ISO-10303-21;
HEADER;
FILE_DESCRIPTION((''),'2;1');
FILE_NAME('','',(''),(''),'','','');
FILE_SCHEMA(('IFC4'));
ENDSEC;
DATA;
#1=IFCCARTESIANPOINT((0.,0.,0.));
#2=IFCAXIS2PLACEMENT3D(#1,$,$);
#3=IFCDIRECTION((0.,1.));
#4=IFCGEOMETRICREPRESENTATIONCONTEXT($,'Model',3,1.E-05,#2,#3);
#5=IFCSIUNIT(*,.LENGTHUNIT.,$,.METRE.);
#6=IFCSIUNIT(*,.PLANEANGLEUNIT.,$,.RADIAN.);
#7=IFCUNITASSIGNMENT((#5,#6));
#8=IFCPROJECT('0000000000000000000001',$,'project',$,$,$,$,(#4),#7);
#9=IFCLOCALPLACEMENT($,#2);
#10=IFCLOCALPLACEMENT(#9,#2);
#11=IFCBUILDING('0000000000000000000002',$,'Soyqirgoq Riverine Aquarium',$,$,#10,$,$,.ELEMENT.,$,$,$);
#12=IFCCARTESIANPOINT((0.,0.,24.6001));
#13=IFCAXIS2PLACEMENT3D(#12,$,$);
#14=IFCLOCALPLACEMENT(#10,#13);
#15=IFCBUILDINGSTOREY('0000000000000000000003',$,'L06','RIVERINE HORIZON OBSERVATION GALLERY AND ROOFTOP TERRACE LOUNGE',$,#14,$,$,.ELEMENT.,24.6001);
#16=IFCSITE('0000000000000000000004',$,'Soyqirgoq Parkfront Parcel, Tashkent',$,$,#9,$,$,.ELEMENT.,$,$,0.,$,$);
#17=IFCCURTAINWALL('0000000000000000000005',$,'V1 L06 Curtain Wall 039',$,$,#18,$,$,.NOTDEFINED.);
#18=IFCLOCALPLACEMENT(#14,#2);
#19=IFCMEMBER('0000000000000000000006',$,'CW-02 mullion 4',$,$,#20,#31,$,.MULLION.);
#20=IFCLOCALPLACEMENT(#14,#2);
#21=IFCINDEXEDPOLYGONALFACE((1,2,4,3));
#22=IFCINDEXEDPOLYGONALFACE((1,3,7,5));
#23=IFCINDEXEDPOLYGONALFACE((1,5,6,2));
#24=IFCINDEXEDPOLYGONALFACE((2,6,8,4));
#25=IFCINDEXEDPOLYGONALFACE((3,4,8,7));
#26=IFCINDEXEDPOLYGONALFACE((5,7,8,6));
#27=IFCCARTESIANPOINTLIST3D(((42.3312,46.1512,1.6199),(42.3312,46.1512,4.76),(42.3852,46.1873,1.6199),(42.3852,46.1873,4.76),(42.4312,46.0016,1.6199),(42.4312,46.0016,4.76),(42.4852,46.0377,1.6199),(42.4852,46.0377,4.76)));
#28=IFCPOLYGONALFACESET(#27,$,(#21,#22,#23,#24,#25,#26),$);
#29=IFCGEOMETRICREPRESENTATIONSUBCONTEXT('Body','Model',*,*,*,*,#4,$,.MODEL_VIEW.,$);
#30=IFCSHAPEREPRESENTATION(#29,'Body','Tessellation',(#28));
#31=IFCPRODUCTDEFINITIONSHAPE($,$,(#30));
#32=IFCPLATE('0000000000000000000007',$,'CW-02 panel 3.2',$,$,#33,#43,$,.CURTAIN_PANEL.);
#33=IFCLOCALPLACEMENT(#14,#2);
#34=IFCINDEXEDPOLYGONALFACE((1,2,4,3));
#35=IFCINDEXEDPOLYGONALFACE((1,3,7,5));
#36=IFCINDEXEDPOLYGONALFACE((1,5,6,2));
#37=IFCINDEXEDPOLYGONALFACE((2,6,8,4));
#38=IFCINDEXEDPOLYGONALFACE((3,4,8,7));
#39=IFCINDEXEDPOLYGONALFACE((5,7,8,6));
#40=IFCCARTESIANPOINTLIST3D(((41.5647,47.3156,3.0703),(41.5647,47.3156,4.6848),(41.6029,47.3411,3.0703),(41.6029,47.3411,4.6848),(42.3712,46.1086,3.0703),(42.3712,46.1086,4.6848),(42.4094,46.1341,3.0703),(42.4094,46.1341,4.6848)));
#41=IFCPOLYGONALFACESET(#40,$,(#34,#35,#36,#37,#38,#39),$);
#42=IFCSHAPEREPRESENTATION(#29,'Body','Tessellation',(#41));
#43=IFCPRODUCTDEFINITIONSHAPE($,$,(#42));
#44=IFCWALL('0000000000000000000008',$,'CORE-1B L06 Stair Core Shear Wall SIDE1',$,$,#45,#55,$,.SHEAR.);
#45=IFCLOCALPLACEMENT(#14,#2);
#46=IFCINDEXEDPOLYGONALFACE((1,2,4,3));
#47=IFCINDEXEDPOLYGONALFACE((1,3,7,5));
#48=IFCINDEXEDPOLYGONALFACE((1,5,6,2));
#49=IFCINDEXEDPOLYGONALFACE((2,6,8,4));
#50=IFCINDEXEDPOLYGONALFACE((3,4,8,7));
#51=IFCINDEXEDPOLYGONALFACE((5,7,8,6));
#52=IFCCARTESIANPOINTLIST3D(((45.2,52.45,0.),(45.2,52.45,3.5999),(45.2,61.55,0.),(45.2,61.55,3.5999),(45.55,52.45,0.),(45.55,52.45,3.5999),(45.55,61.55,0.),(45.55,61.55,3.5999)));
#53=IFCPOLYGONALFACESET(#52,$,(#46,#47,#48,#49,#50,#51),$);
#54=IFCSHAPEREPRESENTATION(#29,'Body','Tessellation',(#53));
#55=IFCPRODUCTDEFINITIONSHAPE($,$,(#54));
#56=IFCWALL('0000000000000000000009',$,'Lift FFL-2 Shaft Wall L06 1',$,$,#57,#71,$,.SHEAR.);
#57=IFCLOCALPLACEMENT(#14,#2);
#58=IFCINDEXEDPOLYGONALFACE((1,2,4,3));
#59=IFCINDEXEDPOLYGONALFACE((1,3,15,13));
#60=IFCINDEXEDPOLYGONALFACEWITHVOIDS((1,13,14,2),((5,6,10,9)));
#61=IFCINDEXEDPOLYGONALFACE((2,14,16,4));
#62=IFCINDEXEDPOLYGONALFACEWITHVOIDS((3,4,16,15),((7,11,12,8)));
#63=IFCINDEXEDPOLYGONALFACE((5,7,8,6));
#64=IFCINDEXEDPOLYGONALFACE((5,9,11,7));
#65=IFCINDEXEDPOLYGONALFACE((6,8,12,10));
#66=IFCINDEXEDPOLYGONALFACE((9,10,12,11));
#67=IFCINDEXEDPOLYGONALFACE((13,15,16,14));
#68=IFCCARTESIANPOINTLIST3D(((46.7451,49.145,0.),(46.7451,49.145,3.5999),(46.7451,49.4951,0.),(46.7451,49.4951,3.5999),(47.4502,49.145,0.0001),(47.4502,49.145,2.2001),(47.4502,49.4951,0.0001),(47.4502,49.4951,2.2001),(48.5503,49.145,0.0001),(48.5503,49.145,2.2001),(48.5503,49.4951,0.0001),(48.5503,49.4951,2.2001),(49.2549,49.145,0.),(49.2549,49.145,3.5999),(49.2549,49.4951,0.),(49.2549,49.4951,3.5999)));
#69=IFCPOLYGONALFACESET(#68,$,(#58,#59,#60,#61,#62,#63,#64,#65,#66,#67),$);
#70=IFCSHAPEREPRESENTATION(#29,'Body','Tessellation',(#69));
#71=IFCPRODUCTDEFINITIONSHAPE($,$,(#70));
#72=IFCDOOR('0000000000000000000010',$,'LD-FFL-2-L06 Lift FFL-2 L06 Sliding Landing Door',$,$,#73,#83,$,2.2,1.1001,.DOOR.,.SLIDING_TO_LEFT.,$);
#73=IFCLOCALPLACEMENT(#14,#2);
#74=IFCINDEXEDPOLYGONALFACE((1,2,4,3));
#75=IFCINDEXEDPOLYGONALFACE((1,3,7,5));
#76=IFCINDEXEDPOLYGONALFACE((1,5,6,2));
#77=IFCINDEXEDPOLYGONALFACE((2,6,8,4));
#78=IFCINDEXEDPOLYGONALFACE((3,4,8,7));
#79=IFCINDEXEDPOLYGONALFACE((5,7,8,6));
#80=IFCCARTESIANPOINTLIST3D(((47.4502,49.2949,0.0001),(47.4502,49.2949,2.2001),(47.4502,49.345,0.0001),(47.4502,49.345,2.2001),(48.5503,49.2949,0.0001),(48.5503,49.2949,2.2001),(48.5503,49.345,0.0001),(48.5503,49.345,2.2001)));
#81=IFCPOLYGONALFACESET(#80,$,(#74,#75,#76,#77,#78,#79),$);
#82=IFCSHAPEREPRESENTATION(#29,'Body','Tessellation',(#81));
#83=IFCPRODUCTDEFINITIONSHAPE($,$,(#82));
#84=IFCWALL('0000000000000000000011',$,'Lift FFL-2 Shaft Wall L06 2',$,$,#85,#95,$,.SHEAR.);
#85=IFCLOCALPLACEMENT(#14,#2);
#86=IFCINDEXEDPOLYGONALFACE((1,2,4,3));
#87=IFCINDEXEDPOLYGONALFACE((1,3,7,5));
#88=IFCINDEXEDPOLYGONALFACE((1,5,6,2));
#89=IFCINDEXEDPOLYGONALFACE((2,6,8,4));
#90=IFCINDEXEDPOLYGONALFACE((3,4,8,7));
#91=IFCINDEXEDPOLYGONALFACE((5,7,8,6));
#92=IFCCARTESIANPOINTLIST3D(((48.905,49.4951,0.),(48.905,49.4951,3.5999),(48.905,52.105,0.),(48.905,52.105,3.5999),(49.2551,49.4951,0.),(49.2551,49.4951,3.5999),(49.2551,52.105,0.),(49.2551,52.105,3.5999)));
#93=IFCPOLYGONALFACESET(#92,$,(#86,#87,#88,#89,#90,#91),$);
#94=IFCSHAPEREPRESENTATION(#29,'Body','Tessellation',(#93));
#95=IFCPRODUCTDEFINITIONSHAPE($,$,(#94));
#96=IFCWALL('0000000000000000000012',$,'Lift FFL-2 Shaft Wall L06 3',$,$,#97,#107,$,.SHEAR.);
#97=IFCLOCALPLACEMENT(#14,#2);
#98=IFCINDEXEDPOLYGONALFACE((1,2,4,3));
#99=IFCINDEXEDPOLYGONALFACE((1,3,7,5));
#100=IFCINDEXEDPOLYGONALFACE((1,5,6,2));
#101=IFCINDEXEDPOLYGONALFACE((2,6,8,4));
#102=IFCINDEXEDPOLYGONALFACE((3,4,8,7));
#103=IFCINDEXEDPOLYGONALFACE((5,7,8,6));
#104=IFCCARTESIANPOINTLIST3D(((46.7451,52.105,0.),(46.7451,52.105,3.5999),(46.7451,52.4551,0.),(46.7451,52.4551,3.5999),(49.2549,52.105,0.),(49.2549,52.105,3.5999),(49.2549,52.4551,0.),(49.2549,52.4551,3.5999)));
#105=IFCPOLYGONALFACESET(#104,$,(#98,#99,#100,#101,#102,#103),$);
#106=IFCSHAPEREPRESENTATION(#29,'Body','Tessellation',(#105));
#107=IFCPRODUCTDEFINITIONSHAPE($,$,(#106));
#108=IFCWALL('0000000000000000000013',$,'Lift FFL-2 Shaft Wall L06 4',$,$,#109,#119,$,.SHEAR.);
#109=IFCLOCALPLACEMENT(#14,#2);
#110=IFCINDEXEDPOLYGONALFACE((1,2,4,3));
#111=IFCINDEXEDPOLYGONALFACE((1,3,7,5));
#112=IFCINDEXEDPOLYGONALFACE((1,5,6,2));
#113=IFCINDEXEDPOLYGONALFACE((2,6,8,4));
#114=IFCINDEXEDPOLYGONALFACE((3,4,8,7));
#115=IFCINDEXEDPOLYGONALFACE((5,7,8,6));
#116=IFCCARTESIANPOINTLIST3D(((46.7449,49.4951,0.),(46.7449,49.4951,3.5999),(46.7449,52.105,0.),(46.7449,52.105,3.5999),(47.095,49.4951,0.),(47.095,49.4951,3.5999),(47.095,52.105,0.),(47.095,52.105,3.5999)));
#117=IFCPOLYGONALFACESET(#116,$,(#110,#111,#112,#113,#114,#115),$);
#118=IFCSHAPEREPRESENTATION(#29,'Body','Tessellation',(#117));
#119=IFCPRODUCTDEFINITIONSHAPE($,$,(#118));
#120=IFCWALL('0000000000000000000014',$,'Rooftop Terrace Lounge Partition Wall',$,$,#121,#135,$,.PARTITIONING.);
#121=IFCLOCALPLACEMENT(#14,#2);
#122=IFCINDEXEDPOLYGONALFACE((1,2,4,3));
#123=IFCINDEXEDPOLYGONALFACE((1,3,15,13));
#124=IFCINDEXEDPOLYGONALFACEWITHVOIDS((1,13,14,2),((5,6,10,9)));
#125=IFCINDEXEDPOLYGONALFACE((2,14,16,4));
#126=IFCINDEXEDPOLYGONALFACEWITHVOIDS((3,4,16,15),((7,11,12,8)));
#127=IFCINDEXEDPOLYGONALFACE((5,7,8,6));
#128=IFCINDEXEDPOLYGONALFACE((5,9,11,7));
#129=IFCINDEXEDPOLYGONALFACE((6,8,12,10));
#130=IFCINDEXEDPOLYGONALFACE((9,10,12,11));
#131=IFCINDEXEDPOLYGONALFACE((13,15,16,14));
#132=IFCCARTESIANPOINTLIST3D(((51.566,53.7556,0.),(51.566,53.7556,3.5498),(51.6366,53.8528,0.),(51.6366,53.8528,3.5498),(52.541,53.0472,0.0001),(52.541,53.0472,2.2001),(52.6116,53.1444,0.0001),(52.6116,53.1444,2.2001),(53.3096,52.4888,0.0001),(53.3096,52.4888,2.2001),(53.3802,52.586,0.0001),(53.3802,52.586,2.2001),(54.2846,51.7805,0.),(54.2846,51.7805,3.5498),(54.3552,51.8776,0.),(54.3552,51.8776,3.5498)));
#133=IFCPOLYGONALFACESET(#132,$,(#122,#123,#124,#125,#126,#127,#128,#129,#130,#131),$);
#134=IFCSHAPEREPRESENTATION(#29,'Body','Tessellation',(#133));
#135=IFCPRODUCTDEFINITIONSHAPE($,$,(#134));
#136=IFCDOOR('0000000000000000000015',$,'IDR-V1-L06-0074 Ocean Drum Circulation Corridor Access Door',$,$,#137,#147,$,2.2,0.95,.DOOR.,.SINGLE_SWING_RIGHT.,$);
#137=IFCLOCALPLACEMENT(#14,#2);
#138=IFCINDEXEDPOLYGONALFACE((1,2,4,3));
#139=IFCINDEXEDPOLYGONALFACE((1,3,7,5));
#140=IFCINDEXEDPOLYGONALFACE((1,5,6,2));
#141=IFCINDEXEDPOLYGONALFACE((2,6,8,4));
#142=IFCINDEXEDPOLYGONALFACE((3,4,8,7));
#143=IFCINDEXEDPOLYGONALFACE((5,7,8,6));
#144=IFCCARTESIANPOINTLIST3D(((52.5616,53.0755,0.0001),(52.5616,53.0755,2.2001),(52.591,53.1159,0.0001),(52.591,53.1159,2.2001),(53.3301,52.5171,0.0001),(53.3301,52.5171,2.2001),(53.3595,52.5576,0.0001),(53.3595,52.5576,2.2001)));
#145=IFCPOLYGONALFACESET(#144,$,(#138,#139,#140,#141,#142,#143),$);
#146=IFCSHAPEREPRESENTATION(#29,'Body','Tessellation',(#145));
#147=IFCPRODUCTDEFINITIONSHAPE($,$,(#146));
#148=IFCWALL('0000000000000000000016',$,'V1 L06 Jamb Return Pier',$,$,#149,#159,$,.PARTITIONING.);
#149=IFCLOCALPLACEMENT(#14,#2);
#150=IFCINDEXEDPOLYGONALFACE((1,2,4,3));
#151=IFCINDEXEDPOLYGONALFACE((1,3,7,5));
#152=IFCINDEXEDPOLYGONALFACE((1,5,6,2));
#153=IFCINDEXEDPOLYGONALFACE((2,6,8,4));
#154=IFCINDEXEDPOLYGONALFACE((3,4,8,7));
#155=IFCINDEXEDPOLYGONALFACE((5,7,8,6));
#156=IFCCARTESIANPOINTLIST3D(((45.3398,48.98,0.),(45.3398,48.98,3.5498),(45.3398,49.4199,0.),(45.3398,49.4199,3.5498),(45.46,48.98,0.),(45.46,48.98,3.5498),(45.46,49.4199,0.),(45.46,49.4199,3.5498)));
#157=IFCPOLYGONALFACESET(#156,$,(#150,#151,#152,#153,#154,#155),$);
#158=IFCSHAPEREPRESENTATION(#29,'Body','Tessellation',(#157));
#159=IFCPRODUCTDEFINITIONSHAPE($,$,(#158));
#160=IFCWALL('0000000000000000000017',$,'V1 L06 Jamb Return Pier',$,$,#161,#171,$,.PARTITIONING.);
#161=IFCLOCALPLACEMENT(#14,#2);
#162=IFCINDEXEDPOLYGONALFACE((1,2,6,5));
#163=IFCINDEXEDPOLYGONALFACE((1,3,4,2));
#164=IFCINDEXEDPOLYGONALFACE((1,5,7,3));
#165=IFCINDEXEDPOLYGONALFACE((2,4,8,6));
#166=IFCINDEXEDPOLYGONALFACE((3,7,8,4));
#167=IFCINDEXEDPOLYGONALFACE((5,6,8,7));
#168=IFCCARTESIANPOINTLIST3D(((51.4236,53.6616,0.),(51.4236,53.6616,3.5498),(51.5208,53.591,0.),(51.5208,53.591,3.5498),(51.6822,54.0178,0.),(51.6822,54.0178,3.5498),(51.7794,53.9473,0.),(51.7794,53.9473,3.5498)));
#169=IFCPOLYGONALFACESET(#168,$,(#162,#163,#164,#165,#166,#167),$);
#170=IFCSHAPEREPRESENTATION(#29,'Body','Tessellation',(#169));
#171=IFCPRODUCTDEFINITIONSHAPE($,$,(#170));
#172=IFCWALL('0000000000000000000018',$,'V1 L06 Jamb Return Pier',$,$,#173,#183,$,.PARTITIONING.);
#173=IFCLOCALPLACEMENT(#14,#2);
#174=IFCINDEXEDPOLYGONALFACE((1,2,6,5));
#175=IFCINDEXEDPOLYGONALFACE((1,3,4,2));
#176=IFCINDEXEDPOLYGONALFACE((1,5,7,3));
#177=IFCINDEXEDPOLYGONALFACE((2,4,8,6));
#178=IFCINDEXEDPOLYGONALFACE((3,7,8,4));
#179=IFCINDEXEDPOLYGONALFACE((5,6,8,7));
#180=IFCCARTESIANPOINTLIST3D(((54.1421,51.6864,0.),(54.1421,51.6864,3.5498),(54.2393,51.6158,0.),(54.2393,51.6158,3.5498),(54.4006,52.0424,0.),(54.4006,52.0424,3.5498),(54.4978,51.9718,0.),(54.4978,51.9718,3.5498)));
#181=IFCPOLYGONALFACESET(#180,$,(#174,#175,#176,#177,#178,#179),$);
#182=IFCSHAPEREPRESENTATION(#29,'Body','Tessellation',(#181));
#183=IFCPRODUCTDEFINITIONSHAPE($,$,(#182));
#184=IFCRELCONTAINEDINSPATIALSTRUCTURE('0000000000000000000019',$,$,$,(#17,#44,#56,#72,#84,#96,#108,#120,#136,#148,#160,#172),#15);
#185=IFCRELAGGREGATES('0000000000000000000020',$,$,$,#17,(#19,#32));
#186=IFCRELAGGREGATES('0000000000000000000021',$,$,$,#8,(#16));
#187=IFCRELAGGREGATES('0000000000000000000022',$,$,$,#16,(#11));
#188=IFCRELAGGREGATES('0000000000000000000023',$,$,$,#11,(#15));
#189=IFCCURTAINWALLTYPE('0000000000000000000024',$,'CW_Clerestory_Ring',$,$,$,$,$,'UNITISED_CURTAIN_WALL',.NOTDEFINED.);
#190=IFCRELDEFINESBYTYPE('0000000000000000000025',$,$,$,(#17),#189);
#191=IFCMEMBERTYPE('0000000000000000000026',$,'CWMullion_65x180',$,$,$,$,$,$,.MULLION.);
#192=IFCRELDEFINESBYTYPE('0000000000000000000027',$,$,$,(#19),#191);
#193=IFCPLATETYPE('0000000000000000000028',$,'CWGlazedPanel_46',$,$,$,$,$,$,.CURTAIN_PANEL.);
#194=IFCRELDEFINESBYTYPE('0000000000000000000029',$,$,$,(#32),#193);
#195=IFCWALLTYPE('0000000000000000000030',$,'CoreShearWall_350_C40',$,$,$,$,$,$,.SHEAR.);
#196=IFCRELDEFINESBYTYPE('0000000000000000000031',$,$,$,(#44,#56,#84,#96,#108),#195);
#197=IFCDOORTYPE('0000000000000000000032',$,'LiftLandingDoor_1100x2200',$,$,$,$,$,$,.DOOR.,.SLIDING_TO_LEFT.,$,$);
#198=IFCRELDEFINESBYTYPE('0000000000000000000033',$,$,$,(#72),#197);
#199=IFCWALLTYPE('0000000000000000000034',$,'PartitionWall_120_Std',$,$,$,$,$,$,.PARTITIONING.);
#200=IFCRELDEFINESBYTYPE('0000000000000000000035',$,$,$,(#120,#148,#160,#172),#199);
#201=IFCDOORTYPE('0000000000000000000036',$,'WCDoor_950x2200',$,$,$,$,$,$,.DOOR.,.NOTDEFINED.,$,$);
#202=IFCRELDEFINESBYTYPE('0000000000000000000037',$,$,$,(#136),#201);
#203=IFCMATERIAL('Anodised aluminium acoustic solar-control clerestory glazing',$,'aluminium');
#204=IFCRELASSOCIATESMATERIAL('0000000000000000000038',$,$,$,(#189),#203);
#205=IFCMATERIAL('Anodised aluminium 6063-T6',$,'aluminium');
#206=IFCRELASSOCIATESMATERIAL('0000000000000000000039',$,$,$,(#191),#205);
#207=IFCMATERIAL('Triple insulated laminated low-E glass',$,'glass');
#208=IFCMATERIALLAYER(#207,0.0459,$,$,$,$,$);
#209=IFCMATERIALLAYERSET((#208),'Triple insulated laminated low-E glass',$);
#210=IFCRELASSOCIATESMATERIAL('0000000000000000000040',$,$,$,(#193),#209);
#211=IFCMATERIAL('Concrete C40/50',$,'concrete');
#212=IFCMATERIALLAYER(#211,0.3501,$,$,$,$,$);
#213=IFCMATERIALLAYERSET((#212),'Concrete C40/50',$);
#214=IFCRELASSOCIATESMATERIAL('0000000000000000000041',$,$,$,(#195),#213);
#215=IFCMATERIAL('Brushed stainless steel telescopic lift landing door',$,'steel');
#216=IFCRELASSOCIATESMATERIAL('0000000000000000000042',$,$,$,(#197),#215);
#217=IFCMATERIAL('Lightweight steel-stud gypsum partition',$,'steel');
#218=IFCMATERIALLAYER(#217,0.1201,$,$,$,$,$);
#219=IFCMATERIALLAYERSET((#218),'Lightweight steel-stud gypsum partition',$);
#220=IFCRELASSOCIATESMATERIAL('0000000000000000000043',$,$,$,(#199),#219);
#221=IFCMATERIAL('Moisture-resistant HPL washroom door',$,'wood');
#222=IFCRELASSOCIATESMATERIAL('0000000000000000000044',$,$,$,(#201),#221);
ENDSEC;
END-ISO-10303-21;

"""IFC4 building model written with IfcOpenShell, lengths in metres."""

from ifc_helpers import new_model, si_unit, direction, frame, frame_2d, origin, origin_2d, place, context, subcontext, project, spatial, rectangle, extrude, material, layer, layer_set, material_profile, profile_set, type_object, element, fill, aggregate, save


model = new_model("IFC4")

# Units and contexts
model_context = context("Model", 3, precision=1e-05, world=origin(), true_north=direction((0.0, 1.0)))
body_context = subcontext(model_context, "Body", "Model", "MODEL_VIEW")
ifc_project = project(units=[si_unit("LENGTHUNIT", "METRE"), si_unit("PLANEANGLEUNIT", "RADIAN")], contexts=[model_context])

# Site, building, storey
site_placement = place(None, origin())
site = spatial("IfcSite", under=ifc_project, at=site_placement, Name="Soyqirgoq Parkfront Parcel, Tashkent", CompositionType="ELEMENT", RefElevation=0.0)
building_placement = place(site_placement, origin())
building = spatial("IfcBuilding", under=site, at=building_placement, Name="Soyqirgoq Riverine Aquarium", CompositionType="ELEMENT")
storey_placement = place(building_placement, frame((0.0, 0.0, 24.6001)))
storey = spatial("IfcBuildingStorey", under=building, at=storey_placement, Name="L06", Description="RIVERINE HORIZON OBSERVATION GALLERY AND ROOFTOP TERRACE LOUNGE", CompositionType="ELEMENT", Elevation=24.6001)

# Curtain wall, member, plate
ifc_material_1 = material(Name="Anodised aluminium acoustic solar-control clerestory glazing", Category="aluminium")
curtain_wall_type = type_object("IfcCurtainWallType", Name="CW_Clerestory_Ring", ElementType="UNITISED_CURTAIN_WALL", PredefinedType="NOTDEFINED", material=ifc_material_1)
curtain_wall_placement = place(storey_placement, origin())
curtain_wall = element("IfcCurtainWall", 1, at=curtain_wall_placement, inside=storey, type_object=curtain_wall_type, Name="V1 L06 Curtain Wall 039", PredefinedType="NOTDEFINED")
ifc_material_2 = material(Name="Anodised aluminium 6063-T6", Category="aluminium")
ifc_material_profile = material_profile(ifc_material_2, rectangle(XDim=0.0649, YDim=0.1799, at=origin_2d()), Name="ALU-M 65x180")
ifc_profile_set = profile_set([ifc_material_profile], Name="Anodised aluminium 6063-T6")
member_type = type_object("IfcMemberType", Name="CWMullion_65x180", PredefinedType="MULLION", material=ifc_profile_set)
member_placement = place(storey_placement, frame((42.4082, 46.0945, 1.6199), z_axis=(0.0, 0.0, 1.0), x_axis=(0.831464, 0.555579, 0.0)))
member = element("IfcMember", 2, at=member_placement, type_object=member_type, Name="CW-02 mullion 4", PredefinedType="MULLION", context=body_context, shape_type="SweptSolid", body=[
    extrude(rectangle(XDim=0.0649, YDim=0.1799, at=origin_2d()), origin(), (0.0, 0.0, 1.0), 3.1401),
])
ifc_material_3 = material(Name="Triple insulated laminated low-E glass", Category="glass")
ifc_layer_1 = layer(ifc_material_3, 0.0459)
ifc_layer_set_1 = layer_set([ifc_layer_1], Name="Triple insulated laminated low-E glass")
plate_type = type_object("IfcPlateType", Name="CWGlazedPanel_46", PredefinedType="CURTAIN_PANEL", material=ifc_layer_set_1)
plate_placement = place(storey_placement, frame((41.9871, 46.7249, 3.0703), z_axis=(0.0, 0.0, 1.0), x_axis=(0.555579, -0.831464, 0.0)))
plate = element("IfcPlate", 3, at=plate_placement, type_object=plate_type, Name="CW-02 panel 3.2", PredefinedType="CURTAIN_PANEL", context=body_context, shape_type="SweptSolid", body=[
    extrude(rectangle(XDim=1.4517, YDim=0.0459, at=origin_2d()), origin(), (0.0, 0.0, 1.0), 1.6145),
])
aggregate(curtain_wall, [member, plate])

# Wall
ifc_material_4 = material(Name="Concrete C40/50", Category="concrete")
ifc_layer_2 = layer(ifc_material_4, 0.3501)
ifc_layer_set_2 = layer_set([ifc_layer_2], Name="Concrete C40/50")
wall_type_1 = type_object("IfcWallType", Name="CoreShearWall_350_C40", PredefinedType="SHEAR", material=ifc_layer_set_2)
wall_1_placement = place(storey_placement, frame((45.375, 52.45, 0.0), z_axis=(0.0, 0.0, 1.0), x_axis=(0.0, 1.0, 0.0)))
element("IfcWall", 4, at=wall_1_placement, inside=storey, type_object=wall_type_1, Name="CORE-1B L06 Stair Core Shear Wall SIDE1", PredefinedType="SHEAR", context=body_context, shape_type="SweptSolid", body=[
    extrude(rectangle(XDim=9.1001, YDim=0.3501, at=frame_2d((4.55, 0.0))), origin(), (0.0, 0.0, 1.0), 3.5999),
])

# Wall, opening, door
wall_2_placement = place(storey_placement, frame((46.7451, 49.3201, 0.0), z_axis=(0.0, 0.0, 1.0), x_axis=(1.0, 0.0, 0.0)))
wall_2 = element("IfcWall", 5, at=wall_2_placement, inside=storey, type_object=wall_type_1, Name="Lift FFL-2 Shaft Wall L06 1", PredefinedType="SHEAR", context=body_context, shape_type="SweptSolid", body=[
    extrude(rectangle(XDim=2.5098, YDim=0.3501, at=frame_2d((1.2549, 0.0))), origin(), (0.0, 0.0, 1.0), 3.5999),
])
opening_1_placement = place(wall_2_placement, frame((0.7051, 0.0, 0.0)))
opening_1 = element("IfcOpeningElement", 6, at=opening_1_placement, cuts=wall_2, PredefinedType="OPENING", context=body_context, shape_type="SweptSolid", body=[
    extrude(rectangle(XDim=1.1001, YDim=2.2, at=frame_2d((0.55, 1.1001))), frame((0.0, 0.1851, 0.0), z_axis=(0.0, -1.0, 0.0), x_axis=(1.0, 0.0, 0.0)), (0.0, 0.0, 1.0), 0.3701),
])
ifc_material_5 = material(Name="Brushed stainless steel telescopic lift landing door", Category="steel")
door_type_1 = type_object("IfcDoorType", Name="LiftLandingDoor_1100x2200", OperationType="SLIDING_TO_LEFT", PredefinedType="DOOR", material=ifc_material_5)
door_1_placement = place(opening_1_placement, origin())
door_1 = element("IfcDoor", 7, at=door_1_placement, inside=storey, type_object=door_type_1, Name="LD-FFL-2-L06 Lift FFL-2 L06 Sliding Landing Door", OperationType="SLIDING_TO_LEFT", OverallHeight=2.2, OverallWidth=1.1001, PredefinedType="DOOR", context=body_context, shape_type="SweptSolid", body=[
    extrude(rectangle(XDim=1.1001, YDim=2.2, at=frame_2d((0.55, 1.1001))), frame((0.0, 0.0249, 0.0), z_axis=(0.0, -1.0, 0.0), x_axis=(1.0, 0.0, 0.0)), (0.0, 0.0, 1.0), 0.05),
])
fill(opening_1, door_1)

# Walls
wall_3_placement = place(storey_placement, frame((49.0801, 49.4951, 0.0), z_axis=(0.0, 0.0, 1.0), x_axis=(0.0, 1.0, 0.0)))
element("IfcWall", 8, at=wall_3_placement, inside=storey, type_object=wall_type_1, Name="Lift FFL-2 Shaft Wall L06 2", PredefinedType="SHEAR", context=body_context, shape_type="SweptSolid", body=[
    extrude(rectangle(XDim=2.6099, YDim=0.3501, at=frame_2d((1.3049, 0.0))), origin(), (0.0, 0.0, 1.0), 3.5999),
])
wall_4_placement = place(storey_placement, frame((49.2549, 52.28, 0.0), z_axis=(0.0, 0.0, 1.0), x_axis=(-1.0, 0.0, 0.0)))
element("IfcWall", 9, at=wall_4_placement, inside=storey, type_object=wall_type_1, Name="Lift FFL-2 Shaft Wall L06 3", PredefinedType="SHEAR", context=body_context, shape_type="SweptSolid", body=[
    extrude(rectangle(XDim=2.5098, YDim=0.3501, at=frame_2d((1.2549, 0.0))), origin(), (0.0, 0.0, 1.0), 3.5999),
])
wall_5_placement = place(storey_placement, frame((46.9199, 52.105, 0.0), z_axis=(0.0, 0.0, 1.0), x_axis=(0.0, -1.0, 0.0)))
element("IfcWall", 10, at=wall_5_placement, inside=storey, type_object=wall_type_1, Name="Lift FFL-2 Shaft Wall L06 4", PredefinedType="SHEAR", context=body_context, shape_type="SweptSolid", body=[
    extrude(rectangle(XDim=2.6099, YDim=0.3501, at=frame_2d((1.3049, 0.0))), origin(), (0.0, 0.0, 1.0), 3.5999),
])

# Wall, opening, door
ifc_material_6 = material(Name="Lightweight steel-stud gypsum partition", Category="steel")
ifc_layer_3 = layer(ifc_material_6, 0.1201)
ifc_layer_set_3 = layer_set([ifc_layer_3], Name="Lightweight steel-stud gypsum partition")
wall_type_2 = type_object("IfcWallType", Name="PartitionWall_120_Std", PredefinedType="PARTITIONING", material=ifc_layer_set_3)
wall_6_placement = place(storey_placement, frame((51.6013, 53.8042, 0.0), z_axis=(0.0, 0.0, 1.0), x_axis=(0.809019, -0.587783, 0.0)))
wall_6 = element("IfcWall", 11, at=wall_6_placement, inside=storey, type_object=wall_type_2, Name="Rooftop Terrace Lounge Partition Wall", PredefinedType="PARTITIONING", context=body_context, shape_type="SweptSolid", body=[
    extrude(rectangle(XDim=3.3604, YDim=0.1201, at=frame_2d((1.6802, 0.0))), origin(), (0.0, 0.0, 1.0), 3.5498),
])
opening_2_placement = place(wall_6_placement, frame((1.2051, 0.0, 0.0)))
opening_2 = element("IfcOpeningElement", 12, at=opening_2_placement, cuts=wall_6, PredefinedType="OPENING", context=body_context, shape_type="SweptSolid", body=[
    extrude(rectangle(XDim=0.95, YDim=2.2, at=frame_2d((0.4751, 1.1001))), frame((0.0, 0.0701, 0.0), z_axis=(0.0, -1.0, 0.0), x_axis=(1.0, 0.0, 0.0)), (0.0, 0.0, 1.0), 0.1401),
])
ifc_material_7 = material(Name="Moisture-resistant HPL washroom door", Category="wood")
door_type_2 = type_object("IfcDoorType", Name="WCDoor_950x2200", OperationType="NOTDEFINED", PredefinedType="DOOR", material=ifc_material_7)
door_2_placement = place(opening_2_placement, origin())
door_2 = element("IfcDoor", 13, at=door_2_placement, inside=storey, type_object=door_type_2, Name="IDR-V1-L06-0074 Ocean Drum Circulation Corridor Access Door", OperationType="SINGLE_SWING_RIGHT", OverallHeight=2.2, OverallWidth=0.95, PredefinedType="DOOR", context=body_context, shape_type="SweptSolid", body=[
    extrude(rectangle(XDim=0.95, YDim=2.2, at=frame_2d((0.4751, 1.1001))), frame((0.0, 0.0249, 0.0), z_axis=(0.0, -1.0, 0.0), x_axis=(1.0, 0.0, 0.0)), (0.0, 0.0, 1.0), 0.05),
])
fill(opening_2, door_2)

# Walls
wall_7_placement = place(storey_placement, frame((45.3999, 48.98, 0.0), z_axis=(0.0, 0.0, 1.0), x_axis=(0.0, 1.0, 0.0)))
element("IfcWall", 14, at=wall_7_placement, inside=storey, type_object=wall_type_2, Name="V1 L06 Jamb Return Pier", PredefinedType="PARTITIONING", context=body_context, shape_type="SweptSolid", body=[
    extrude(rectangle(XDim=0.4399, YDim=0.1201, at=frame_2d((0.22, 0.0))), origin(), (0.0, 0.0, 1.0), 3.5498),
])
wall_8_placement = place(storey_placement, frame((51.4722, 53.6262, 0.0), z_axis=(0.0, 0.0, 1.0), x_axis=(0.587413, 0.809287, 0.0)))
element("IfcWall", 15, at=wall_8_placement, inside=storey, type_object=wall_type_2, Name="V1 L06 Jamb Return Pier", PredefinedType="PARTITIONING", context=body_context, shape_type="SweptSolid", body=[
    extrude(rectangle(XDim=0.4402, YDim=0.1201, at=frame_2d((0.2202, 0.0))), origin(), (0.0, 0.0, 1.0), 3.5498),
])
wall_9_placement = place(storey_placement, frame((54.1907, 51.6511, 0.0), z_axis=(0.0, 0.0, 1.0), x_axis=(0.587677, 0.809096, 0.0)))
element("IfcWall", 16, at=wall_9_placement, inside=storey, type_object=wall_type_2, Name="V1 L06 Jamb Return Pier", PredefinedType="PARTITIONING", context=body_context, shape_type="SweptSolid", body=[
    extrude(rectangle(XDim=0.4399, YDim=0.1201, at=frame_2d((0.22, 0.0))), origin(), (0.0, 0.0, 1.0), 3.5498),
])

save(model, "model.ifc")
